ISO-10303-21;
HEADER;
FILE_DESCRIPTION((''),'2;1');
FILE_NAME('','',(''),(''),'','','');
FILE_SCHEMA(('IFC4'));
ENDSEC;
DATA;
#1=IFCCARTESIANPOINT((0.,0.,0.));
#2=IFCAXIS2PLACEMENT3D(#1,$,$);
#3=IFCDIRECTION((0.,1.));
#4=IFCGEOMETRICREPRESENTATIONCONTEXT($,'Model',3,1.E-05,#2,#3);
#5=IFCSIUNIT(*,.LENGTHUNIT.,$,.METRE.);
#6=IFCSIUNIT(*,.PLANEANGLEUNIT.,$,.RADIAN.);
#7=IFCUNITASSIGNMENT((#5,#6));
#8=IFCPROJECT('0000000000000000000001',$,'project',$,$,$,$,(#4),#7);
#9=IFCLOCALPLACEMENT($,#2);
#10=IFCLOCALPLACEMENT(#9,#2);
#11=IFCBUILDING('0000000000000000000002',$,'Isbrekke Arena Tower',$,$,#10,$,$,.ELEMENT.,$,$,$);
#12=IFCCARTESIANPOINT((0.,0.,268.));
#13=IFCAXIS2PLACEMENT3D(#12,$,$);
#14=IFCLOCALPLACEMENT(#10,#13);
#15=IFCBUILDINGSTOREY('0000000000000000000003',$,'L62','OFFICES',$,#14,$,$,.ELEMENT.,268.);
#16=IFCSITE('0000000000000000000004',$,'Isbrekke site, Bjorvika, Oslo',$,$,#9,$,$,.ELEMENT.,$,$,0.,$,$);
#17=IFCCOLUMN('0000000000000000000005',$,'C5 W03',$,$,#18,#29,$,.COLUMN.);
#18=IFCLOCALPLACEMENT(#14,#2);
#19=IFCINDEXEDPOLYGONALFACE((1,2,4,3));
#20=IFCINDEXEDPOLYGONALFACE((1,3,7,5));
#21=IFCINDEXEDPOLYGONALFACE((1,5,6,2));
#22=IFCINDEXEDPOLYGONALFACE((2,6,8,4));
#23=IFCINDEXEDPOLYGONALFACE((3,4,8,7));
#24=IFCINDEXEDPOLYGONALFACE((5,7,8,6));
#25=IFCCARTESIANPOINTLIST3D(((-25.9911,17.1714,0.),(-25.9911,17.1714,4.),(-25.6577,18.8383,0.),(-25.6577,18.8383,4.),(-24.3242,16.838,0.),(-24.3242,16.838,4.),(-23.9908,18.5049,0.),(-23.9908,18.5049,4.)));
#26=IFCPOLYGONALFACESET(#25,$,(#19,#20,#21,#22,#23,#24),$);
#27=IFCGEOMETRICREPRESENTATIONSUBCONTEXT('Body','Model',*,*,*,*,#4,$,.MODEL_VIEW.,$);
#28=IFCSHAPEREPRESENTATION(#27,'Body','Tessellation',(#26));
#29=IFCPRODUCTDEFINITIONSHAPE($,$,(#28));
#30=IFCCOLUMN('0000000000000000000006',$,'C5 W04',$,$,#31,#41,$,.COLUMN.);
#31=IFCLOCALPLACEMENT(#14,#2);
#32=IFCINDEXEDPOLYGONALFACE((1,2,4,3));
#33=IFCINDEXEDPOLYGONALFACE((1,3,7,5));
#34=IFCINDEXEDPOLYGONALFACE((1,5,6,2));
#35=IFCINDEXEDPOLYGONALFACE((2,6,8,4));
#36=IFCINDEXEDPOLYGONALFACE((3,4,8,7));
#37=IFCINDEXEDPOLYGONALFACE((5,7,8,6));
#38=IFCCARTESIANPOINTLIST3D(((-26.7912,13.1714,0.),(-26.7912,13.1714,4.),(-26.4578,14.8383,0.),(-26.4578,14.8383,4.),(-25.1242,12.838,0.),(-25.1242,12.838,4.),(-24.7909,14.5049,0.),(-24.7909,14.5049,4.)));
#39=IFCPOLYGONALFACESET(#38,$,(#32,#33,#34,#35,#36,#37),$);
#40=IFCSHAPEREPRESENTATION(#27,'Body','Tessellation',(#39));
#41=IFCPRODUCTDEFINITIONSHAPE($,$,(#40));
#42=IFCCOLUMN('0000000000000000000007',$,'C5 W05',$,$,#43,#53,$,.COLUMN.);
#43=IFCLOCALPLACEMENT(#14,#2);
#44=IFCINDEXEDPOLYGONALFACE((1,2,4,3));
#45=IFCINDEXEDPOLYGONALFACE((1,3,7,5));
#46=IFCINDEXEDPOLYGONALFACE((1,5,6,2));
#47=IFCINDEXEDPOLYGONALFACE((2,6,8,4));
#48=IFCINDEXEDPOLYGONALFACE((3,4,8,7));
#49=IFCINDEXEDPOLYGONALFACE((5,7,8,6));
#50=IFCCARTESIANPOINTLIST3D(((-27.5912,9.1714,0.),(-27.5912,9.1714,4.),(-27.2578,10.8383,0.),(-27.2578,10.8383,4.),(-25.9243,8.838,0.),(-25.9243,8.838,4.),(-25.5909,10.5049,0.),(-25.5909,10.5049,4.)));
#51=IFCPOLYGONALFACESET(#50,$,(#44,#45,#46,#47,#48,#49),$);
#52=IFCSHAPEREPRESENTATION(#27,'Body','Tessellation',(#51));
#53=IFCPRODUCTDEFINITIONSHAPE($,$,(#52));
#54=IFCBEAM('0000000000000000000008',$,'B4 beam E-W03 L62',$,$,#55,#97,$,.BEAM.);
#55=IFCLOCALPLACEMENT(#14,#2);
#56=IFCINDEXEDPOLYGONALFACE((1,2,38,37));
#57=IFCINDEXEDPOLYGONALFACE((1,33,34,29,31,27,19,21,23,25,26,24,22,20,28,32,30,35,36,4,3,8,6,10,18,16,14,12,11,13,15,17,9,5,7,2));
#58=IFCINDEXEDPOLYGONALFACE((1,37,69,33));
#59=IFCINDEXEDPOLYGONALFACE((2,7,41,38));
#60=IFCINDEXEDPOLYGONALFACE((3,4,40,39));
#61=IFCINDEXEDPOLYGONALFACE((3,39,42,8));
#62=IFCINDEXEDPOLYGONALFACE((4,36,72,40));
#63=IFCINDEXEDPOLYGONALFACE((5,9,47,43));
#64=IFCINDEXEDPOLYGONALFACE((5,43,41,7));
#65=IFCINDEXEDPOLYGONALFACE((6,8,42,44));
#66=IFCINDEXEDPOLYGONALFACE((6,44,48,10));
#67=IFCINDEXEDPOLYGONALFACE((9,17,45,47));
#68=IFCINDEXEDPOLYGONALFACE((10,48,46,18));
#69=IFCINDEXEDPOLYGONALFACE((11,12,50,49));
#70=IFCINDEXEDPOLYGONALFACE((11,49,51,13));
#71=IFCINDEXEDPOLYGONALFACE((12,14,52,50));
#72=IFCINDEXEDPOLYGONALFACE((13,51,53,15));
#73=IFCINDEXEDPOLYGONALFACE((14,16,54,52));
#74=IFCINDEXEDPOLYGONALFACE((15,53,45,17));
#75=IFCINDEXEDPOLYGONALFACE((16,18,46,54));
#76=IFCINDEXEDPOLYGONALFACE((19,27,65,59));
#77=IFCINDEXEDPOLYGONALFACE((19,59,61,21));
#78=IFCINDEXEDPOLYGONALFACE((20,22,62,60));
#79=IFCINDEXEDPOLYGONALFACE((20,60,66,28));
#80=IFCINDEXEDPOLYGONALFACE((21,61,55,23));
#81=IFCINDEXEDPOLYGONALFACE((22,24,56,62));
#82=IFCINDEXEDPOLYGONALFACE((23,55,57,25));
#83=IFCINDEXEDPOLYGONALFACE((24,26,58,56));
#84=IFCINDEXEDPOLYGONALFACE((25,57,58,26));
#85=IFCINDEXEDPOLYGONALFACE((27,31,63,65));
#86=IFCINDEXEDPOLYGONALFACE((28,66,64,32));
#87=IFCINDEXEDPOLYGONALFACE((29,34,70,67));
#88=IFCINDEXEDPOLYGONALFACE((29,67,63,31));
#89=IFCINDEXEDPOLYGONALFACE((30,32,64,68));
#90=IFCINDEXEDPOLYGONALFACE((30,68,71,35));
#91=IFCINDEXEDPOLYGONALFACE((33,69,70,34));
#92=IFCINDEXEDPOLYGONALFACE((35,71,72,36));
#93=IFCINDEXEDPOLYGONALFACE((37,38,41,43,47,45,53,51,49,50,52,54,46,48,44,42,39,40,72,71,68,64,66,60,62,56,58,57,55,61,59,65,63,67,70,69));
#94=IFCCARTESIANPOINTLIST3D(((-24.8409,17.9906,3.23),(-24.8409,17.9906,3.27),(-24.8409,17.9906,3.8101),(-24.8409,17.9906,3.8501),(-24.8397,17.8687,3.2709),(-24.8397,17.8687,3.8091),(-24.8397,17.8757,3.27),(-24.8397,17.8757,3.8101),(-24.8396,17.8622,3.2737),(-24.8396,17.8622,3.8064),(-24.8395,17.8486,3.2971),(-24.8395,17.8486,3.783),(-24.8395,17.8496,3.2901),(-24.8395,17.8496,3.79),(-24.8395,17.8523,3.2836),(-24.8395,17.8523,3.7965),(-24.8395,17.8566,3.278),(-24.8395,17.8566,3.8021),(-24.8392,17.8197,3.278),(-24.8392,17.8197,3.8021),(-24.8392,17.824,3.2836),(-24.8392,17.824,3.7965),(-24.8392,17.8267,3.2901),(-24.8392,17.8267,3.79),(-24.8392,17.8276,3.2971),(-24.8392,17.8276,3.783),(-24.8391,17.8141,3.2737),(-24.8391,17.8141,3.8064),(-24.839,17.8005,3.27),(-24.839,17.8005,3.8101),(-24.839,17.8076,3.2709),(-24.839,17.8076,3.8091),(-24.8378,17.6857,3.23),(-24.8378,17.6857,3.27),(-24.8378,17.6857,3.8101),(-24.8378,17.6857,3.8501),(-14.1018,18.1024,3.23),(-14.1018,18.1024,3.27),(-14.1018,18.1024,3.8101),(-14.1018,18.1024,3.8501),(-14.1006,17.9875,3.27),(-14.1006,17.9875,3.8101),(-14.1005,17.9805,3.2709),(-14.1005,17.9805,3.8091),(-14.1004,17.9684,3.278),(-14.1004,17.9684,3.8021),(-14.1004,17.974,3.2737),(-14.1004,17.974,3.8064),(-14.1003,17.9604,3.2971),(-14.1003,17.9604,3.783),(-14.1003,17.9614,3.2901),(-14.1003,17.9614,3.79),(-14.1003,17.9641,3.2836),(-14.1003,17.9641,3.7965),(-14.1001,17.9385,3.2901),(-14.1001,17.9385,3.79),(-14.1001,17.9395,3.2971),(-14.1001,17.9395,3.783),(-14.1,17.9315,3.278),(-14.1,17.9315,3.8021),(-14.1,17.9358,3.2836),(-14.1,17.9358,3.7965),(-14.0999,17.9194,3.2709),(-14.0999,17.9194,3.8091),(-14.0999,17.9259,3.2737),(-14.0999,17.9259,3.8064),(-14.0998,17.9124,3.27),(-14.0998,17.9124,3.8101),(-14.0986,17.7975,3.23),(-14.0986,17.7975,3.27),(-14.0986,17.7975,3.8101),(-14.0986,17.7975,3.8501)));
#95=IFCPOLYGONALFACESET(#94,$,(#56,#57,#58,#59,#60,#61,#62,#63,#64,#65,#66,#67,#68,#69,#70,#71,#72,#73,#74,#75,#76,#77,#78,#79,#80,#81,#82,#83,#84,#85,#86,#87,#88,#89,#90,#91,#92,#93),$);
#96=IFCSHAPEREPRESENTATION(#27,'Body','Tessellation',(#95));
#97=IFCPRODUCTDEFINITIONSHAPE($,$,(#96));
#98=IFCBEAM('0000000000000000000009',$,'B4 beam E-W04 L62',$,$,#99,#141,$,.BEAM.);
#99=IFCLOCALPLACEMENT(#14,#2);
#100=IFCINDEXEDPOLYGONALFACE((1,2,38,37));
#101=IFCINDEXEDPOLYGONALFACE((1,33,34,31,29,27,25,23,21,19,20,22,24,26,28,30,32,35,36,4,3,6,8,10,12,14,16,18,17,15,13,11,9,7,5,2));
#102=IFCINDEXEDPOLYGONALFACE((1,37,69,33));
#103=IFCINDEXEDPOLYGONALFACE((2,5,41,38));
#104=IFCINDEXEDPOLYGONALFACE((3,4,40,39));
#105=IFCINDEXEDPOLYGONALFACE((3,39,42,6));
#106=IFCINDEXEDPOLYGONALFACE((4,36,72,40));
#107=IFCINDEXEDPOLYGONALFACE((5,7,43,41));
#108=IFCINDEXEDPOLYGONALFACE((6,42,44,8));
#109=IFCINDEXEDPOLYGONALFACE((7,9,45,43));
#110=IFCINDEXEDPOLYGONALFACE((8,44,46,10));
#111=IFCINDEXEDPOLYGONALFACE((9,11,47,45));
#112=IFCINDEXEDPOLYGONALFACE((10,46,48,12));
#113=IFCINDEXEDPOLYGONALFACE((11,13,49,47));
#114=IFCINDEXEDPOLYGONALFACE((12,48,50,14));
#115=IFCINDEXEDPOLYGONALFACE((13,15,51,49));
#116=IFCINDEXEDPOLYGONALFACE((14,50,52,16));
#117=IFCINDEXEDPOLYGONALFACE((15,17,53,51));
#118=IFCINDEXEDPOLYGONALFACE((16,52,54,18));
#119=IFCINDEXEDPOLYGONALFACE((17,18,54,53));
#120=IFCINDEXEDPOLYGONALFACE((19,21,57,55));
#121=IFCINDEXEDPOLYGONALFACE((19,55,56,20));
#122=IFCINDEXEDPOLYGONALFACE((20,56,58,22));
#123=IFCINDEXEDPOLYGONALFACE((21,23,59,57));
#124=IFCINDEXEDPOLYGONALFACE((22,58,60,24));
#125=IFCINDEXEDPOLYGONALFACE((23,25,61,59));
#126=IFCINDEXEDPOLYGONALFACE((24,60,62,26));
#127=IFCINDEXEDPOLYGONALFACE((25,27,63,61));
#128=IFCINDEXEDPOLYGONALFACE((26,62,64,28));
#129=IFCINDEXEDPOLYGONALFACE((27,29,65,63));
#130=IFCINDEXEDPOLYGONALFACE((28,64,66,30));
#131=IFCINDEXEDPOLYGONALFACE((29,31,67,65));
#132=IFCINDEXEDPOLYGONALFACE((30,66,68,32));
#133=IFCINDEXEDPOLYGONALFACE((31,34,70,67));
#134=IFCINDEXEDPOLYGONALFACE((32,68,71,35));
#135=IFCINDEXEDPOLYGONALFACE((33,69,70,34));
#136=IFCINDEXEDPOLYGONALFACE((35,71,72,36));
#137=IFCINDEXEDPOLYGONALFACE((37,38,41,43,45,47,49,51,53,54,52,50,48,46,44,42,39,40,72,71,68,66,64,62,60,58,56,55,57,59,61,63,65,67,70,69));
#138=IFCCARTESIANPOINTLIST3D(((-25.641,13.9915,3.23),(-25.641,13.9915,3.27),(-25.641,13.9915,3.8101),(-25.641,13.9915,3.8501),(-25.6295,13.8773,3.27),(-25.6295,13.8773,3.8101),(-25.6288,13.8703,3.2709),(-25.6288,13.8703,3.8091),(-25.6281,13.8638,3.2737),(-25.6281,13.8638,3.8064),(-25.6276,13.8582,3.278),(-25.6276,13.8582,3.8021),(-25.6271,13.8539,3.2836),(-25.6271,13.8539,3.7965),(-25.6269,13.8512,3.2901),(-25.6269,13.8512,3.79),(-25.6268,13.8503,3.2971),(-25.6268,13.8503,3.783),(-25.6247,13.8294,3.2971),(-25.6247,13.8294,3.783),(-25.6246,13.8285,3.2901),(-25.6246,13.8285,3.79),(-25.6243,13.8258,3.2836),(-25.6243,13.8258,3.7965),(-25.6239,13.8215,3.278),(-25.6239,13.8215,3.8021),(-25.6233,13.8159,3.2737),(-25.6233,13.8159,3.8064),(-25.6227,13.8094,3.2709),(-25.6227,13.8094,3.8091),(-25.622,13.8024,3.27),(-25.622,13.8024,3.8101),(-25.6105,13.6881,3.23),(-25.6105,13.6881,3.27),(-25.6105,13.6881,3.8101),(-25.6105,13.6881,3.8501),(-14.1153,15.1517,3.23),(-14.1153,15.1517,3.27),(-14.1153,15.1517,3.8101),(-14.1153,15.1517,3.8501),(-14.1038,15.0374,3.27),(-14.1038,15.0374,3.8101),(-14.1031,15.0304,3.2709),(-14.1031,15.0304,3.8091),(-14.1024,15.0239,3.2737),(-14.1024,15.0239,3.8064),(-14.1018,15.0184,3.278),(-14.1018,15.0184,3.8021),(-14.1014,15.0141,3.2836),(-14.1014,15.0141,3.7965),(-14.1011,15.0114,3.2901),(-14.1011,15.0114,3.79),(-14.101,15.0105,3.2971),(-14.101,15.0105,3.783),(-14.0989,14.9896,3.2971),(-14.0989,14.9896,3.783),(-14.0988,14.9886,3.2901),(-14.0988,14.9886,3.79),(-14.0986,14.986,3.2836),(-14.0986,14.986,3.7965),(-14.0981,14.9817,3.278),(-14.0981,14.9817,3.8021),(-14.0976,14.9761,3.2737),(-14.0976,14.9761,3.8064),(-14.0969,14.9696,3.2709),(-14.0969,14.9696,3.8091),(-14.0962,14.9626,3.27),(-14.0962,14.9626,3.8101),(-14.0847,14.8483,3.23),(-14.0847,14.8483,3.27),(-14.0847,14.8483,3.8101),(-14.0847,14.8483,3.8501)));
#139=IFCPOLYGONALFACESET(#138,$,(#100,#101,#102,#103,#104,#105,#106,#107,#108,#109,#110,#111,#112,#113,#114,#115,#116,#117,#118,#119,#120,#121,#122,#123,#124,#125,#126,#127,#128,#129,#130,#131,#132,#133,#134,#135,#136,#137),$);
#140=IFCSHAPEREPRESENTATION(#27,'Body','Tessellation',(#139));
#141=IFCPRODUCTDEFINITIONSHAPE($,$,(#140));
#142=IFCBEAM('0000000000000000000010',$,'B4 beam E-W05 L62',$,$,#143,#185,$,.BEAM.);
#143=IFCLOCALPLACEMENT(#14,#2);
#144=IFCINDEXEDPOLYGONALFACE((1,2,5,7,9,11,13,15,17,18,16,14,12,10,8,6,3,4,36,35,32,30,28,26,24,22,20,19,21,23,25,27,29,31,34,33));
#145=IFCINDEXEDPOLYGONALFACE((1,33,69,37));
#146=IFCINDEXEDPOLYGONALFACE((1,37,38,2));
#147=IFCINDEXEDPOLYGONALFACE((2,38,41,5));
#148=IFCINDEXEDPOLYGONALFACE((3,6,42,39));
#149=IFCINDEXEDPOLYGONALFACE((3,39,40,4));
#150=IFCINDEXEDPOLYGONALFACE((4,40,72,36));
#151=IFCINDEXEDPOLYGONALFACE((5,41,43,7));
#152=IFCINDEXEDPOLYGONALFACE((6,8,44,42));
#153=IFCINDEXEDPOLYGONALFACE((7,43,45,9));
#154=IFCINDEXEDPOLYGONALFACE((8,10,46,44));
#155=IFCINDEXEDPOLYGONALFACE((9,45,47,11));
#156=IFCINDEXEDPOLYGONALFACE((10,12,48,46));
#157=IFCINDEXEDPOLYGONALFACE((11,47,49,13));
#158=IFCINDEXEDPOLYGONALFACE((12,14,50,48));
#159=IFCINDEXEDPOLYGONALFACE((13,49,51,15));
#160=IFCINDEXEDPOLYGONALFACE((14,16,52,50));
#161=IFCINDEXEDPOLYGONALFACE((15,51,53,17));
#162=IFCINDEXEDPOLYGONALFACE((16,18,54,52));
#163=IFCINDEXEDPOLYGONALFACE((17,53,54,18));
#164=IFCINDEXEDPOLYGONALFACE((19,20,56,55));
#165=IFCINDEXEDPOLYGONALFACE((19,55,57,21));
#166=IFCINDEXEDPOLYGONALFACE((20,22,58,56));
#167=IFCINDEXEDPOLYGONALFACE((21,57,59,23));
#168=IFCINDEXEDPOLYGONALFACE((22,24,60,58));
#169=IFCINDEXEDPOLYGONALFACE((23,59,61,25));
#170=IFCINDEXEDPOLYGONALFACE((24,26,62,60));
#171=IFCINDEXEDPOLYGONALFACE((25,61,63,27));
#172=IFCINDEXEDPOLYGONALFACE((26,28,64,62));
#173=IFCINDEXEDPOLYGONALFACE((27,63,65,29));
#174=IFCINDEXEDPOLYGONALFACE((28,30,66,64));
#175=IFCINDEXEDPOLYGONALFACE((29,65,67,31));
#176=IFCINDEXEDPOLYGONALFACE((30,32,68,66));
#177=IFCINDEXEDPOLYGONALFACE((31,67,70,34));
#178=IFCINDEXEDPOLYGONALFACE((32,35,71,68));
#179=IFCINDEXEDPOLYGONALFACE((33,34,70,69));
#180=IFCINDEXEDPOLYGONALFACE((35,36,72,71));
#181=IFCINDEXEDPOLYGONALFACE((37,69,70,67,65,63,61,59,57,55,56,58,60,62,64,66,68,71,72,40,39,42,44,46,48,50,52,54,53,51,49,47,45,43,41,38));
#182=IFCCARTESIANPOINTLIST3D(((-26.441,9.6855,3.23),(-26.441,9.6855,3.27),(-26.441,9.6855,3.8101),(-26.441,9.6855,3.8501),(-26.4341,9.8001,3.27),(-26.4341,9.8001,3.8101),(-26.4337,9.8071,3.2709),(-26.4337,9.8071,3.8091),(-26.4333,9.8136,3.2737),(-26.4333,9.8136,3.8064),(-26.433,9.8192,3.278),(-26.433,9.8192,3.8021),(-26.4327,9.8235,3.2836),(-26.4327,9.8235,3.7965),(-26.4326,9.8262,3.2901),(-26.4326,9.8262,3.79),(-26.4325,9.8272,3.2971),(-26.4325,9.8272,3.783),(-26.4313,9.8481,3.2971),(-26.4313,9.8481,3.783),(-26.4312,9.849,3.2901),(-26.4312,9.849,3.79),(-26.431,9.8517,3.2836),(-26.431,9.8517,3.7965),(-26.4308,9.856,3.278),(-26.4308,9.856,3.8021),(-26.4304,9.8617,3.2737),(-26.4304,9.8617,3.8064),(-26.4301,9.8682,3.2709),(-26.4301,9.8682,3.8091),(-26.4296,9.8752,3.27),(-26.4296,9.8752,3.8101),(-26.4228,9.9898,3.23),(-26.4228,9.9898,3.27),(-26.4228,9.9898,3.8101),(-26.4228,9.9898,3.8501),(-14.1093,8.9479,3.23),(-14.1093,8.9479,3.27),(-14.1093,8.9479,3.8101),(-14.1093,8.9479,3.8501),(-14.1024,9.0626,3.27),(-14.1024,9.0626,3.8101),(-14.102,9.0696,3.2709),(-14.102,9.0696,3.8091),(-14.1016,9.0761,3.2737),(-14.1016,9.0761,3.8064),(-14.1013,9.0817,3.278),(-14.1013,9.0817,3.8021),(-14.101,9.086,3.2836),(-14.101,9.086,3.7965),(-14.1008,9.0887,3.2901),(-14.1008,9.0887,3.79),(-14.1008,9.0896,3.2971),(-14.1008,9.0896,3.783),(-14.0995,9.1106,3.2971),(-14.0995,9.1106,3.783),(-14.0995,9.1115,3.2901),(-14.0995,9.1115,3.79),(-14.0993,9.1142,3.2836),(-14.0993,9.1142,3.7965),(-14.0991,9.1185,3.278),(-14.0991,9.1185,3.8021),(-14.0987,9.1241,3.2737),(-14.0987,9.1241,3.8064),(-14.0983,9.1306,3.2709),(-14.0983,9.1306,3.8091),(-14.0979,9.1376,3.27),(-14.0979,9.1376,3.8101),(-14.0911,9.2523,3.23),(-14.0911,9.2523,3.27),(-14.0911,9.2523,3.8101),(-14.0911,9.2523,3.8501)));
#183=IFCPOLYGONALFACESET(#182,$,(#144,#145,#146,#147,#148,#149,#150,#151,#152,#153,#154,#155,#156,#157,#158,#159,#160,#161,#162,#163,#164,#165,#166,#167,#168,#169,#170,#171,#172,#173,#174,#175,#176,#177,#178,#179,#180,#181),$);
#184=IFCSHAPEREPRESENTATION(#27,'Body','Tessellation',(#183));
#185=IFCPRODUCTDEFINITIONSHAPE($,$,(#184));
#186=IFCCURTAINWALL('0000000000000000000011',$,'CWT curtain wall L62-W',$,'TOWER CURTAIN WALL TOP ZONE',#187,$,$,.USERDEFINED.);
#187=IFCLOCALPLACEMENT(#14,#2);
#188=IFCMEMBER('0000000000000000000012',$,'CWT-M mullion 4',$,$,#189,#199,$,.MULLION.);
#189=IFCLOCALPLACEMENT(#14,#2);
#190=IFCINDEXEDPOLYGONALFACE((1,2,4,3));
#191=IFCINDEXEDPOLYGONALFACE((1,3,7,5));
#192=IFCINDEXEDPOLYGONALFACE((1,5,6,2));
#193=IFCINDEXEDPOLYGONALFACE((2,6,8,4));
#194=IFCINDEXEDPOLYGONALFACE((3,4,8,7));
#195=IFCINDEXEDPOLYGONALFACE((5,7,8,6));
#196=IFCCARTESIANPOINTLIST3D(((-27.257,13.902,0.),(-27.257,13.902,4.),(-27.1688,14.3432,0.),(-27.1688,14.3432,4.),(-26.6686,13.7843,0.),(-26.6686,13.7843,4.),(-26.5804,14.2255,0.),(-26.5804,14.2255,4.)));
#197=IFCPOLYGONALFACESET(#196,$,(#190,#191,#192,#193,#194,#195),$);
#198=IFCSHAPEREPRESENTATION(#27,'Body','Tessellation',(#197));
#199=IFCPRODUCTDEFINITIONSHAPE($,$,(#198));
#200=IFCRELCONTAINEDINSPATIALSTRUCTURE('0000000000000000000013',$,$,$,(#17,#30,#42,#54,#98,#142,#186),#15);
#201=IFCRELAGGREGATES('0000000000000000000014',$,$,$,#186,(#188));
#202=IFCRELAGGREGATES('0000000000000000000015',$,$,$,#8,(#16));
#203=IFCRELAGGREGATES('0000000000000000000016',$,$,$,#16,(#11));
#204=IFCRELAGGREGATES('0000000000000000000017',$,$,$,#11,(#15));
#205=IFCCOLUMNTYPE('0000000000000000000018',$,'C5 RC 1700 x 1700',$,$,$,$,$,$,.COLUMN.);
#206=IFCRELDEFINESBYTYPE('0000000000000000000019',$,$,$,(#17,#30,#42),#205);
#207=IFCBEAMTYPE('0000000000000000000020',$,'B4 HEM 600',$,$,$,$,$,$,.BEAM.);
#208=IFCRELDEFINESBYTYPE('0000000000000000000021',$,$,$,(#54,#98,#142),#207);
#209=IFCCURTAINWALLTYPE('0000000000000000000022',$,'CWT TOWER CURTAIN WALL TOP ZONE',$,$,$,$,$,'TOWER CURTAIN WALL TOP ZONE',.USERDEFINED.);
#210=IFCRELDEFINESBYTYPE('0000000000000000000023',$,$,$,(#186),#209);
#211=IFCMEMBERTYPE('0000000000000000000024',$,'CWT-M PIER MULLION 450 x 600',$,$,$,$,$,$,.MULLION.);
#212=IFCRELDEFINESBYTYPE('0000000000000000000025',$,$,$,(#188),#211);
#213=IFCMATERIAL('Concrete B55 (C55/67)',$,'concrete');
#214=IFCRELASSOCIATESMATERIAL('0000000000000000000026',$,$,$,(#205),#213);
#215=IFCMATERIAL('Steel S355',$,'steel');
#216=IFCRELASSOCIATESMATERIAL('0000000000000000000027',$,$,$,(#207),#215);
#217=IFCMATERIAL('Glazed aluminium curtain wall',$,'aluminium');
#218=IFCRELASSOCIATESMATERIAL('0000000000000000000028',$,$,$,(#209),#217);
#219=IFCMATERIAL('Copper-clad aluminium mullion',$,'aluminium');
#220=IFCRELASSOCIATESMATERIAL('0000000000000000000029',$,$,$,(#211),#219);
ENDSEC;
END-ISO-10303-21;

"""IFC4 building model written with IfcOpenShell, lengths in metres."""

from ifc_helpers import new_model, si_unit, direction, frame, origin, origin_2d, place, context, subcontext, project, spatial, rectangle, i_section, extrude, material, material_profile, profile_set, type_object, element, aggregate, save


model = new_model("IFC4")

# Units and contexts
model_context = context("Model", 3, precision=1e-05, world=origin(), true_north=direction((0.0, 1.0)))
body_context = subcontext(model_context, "Body", "Model", "MODEL_VIEW")
ifc_project = project(units=[si_unit("LENGTHUNIT", "METRE"), si_unit("PLANEANGLEUNIT", "RADIAN")], contexts=[model_context])

# Site, building, storey
site_placement = place(None, origin())
site = spatial("IfcSite", under=ifc_project, at=site_placement, Name="Isbrekke site, Bjorvika, Oslo", CompositionType="ELEMENT", RefElevation=0.0)
building_placement = place(site_placement, origin())
building = spatial("IfcBuilding", under=site, at=building_placement, Name="Isbrekke Arena Tower", CompositionType="ELEMENT")
storey_placement = place(building_placement, frame((0.0, 0.0, 268.0)))
storey = spatial("IfcBuildingStorey", under=building, at=storey_placement, Name="L62", Description="OFFICES", CompositionType="ELEMENT", Elevation=268.0)

# Columns
ifc_material_1 = material(Name="Concrete B55 (C55/67)", Category="concrete")
ifc_material_profile_1 = material_profile(ifc_material_1, rectangle(XDim=1.7, YDim=1.7, at=origin_2d()), Name="RC 1700x1700")
ifc_profile_set_1 = profile_set([ifc_material_profile_1], Name="Concrete B55 (C55/67)")
column_type = type_object("IfcColumnType", Name="C5 RC 1700 x 1700", PredefinedType="COLUMN", material=ifc_profile_set_1)
for number, where, z_axis, x_axis, name in (
    (1, (-24.991, 17.8381, 0.0), (0.0, 0.0, 1.0), (-0.196116, -0.980581, 0.0), "C5 W03"),
    (2, (-25.791, 13.8381, 0.0), (0.0, 0.0, 1.0), (-0.196116, -0.980581, 0.0), "C5 W04"),
    (3, (-26.5911, 9.8381, 0.0), (0.0, 0.0, 1.0), (-0.196116, -0.980581, 0.0), "C5 W05"),
):
    element("IfcColumn", number, at=place(storey_placement, frame(where, z_axis=z_axis, x_axis=x_axis)), inside=storey, type_object=column_type, Name=name, PredefinedType="COLUMN", context=body_context, shape_type="SweptSolid", body=[
        extrude(rectangle(XDim=1.7, YDim=1.7, at=origin_2d()), origin(), (0.0, 0.0, 1.0), 4.0),
    ])

# Beams
ifc_material_2 = material(Name="Steel S355", Category="steel")
ifc_material_profile_2 = material_profile(ifc_material_2, i_section(OverallWidth=0.3049, OverallDepth=0.6201, WebThickness=0.021, FlangeThickness=0.04, FilletRadius=0.0271, at=origin_2d()), Name="HEM 600")
ifc_profile_set_2 = profile_set([ifc_material_profile_2], Name="Steel S355")
beam_type_1 = type_object("IfcBeamType", Name="B4 HEM 600", PredefinedType="BEAM", material=ifc_profile_set_2)
beam_1_placement = place(storey_placement, frame((-24.8394, 17.8381, 3.54), z_axis=(0.999946, 0.010411, 0.0), x_axis=(-0.010411, 0.999946, 0.0)))
element("IfcBeam", 4, at=beam_1_placement, inside=storey, type_object=beam_type_1, Name="B4 beam E-W03 L62", PredefinedType="BEAM", context=body_context, shape_type="SweptSolid", body=[
    extrude(i_section(OverallWidth=0.3049, OverallDepth=0.6201, WebThickness=0.021, FlangeThickness=0.04, FilletRadius=0.0271, at=origin_2d()), origin(), (0.0, 0.0, 1.0), 10.7397),
])
beam_2_placement = place(storey_placement, frame((-25.6257, 13.8398, 3.54), z_axis=(0.994972, 0.100153, 0.0), x_axis=(-0.100153, 0.994972, 0.0)))
element("IfcBeam", 5, at=beam_2_placement, inside=storey, type_object=beam_type_1, Name="B4 beam E-W04 L62", PredefinedType="BEAM", context=body_context, shape_type="SweptSolid", body=[
    extrude(i_section(OverallWidth=0.3049, OverallDepth=0.6201, WebThickness=0.021, FlangeThickness=0.04, FilletRadius=0.0271, at=origin_2d()), origin(), (0.0, 0.0, 1.0), 11.584),
])
beam_3_placement = place(storey_placement, frame((-26.4319, 9.8376, 3.54), z_axis=(0.998216, -0.059702, 0.0), x_axis=(0.059702, 0.998216, 0.0)))
element("IfcBeam", 6, at=beam_3_placement, inside=storey, type_object=beam_type_1, Name="B4 beam E-W05 L62", PredefinedType="BEAM", context=body_context, shape_type="SweptSolid", body=[
    extrude(i_section(OverallWidth=0.3049, OverallDepth=0.6201, WebThickness=0.021, FlangeThickness=0.04, FilletRadius=0.0271, at=origin_2d()), origin(), (0.0, 0.0, 1.0), 12.3538),
])

# Curtain wall, member
ifc_material_3 = material(Name="Glazed aluminium curtain wall", Category="aluminium")
curtain_wall_type = type_object("IfcCurtainWallType", Name="CWT TOWER CURTAIN WALL TOP ZONE", ElementType="TOWER CURTAIN WALL TOP ZONE", PredefinedType="USERDEFINED", material=ifc_material_3)
curtain_wall_placement = place(storey_placement, origin())
curtain_wall = element("IfcCurtainWall", 7, at=curtain_wall_placement, inside=storey, type_object=curtain_wall_type, Name="CWT curtain wall L62-W", ObjectType="TOWER CURTAIN WALL TOP ZONE", PredefinedType="USERDEFINED")
ifc_material_4 = material(Name="Copper-clad aluminium mullion", Category="aluminium")
ifc_material_profile_3 = material_profile(ifc_material_4, rectangle(XDim=0.45, YDim=0.6001, at=origin_2d()), Name="PIER 450X600")
ifc_profile_set_3 = profile_set([ifc_material_profile_3], Name="Copper-clad aluminium mullion")
member_type_1 = type_object("IfcMemberType", Name="CWT-M PIER MULLION 450 x 600", PredefinedType="MULLION", material=ifc_profile_set_3)
member_1_placement = place(storey_placement, frame((-26.9187, 14.0637, 0.0), z_axis=(0.0, 0.0, 1.0), x_axis=(-0.196116, -0.980581, 0.0)))
member_1 = element("IfcMember", 8, at=member_1_placement, type_object=member_type_1, Name="CWT-M mullion 4", PredefinedType="MULLION", context=body_context, shape_type="SweptSolid", body=[
    extrude(rectangle(XDim=0.45, YDim=0.6001, at=origin_2d()), origin(), (0.0, 0.0, 1.0), 4.0),
])

aggregate(curtain_wall, [member_1])

save(model, "model.ifc")
